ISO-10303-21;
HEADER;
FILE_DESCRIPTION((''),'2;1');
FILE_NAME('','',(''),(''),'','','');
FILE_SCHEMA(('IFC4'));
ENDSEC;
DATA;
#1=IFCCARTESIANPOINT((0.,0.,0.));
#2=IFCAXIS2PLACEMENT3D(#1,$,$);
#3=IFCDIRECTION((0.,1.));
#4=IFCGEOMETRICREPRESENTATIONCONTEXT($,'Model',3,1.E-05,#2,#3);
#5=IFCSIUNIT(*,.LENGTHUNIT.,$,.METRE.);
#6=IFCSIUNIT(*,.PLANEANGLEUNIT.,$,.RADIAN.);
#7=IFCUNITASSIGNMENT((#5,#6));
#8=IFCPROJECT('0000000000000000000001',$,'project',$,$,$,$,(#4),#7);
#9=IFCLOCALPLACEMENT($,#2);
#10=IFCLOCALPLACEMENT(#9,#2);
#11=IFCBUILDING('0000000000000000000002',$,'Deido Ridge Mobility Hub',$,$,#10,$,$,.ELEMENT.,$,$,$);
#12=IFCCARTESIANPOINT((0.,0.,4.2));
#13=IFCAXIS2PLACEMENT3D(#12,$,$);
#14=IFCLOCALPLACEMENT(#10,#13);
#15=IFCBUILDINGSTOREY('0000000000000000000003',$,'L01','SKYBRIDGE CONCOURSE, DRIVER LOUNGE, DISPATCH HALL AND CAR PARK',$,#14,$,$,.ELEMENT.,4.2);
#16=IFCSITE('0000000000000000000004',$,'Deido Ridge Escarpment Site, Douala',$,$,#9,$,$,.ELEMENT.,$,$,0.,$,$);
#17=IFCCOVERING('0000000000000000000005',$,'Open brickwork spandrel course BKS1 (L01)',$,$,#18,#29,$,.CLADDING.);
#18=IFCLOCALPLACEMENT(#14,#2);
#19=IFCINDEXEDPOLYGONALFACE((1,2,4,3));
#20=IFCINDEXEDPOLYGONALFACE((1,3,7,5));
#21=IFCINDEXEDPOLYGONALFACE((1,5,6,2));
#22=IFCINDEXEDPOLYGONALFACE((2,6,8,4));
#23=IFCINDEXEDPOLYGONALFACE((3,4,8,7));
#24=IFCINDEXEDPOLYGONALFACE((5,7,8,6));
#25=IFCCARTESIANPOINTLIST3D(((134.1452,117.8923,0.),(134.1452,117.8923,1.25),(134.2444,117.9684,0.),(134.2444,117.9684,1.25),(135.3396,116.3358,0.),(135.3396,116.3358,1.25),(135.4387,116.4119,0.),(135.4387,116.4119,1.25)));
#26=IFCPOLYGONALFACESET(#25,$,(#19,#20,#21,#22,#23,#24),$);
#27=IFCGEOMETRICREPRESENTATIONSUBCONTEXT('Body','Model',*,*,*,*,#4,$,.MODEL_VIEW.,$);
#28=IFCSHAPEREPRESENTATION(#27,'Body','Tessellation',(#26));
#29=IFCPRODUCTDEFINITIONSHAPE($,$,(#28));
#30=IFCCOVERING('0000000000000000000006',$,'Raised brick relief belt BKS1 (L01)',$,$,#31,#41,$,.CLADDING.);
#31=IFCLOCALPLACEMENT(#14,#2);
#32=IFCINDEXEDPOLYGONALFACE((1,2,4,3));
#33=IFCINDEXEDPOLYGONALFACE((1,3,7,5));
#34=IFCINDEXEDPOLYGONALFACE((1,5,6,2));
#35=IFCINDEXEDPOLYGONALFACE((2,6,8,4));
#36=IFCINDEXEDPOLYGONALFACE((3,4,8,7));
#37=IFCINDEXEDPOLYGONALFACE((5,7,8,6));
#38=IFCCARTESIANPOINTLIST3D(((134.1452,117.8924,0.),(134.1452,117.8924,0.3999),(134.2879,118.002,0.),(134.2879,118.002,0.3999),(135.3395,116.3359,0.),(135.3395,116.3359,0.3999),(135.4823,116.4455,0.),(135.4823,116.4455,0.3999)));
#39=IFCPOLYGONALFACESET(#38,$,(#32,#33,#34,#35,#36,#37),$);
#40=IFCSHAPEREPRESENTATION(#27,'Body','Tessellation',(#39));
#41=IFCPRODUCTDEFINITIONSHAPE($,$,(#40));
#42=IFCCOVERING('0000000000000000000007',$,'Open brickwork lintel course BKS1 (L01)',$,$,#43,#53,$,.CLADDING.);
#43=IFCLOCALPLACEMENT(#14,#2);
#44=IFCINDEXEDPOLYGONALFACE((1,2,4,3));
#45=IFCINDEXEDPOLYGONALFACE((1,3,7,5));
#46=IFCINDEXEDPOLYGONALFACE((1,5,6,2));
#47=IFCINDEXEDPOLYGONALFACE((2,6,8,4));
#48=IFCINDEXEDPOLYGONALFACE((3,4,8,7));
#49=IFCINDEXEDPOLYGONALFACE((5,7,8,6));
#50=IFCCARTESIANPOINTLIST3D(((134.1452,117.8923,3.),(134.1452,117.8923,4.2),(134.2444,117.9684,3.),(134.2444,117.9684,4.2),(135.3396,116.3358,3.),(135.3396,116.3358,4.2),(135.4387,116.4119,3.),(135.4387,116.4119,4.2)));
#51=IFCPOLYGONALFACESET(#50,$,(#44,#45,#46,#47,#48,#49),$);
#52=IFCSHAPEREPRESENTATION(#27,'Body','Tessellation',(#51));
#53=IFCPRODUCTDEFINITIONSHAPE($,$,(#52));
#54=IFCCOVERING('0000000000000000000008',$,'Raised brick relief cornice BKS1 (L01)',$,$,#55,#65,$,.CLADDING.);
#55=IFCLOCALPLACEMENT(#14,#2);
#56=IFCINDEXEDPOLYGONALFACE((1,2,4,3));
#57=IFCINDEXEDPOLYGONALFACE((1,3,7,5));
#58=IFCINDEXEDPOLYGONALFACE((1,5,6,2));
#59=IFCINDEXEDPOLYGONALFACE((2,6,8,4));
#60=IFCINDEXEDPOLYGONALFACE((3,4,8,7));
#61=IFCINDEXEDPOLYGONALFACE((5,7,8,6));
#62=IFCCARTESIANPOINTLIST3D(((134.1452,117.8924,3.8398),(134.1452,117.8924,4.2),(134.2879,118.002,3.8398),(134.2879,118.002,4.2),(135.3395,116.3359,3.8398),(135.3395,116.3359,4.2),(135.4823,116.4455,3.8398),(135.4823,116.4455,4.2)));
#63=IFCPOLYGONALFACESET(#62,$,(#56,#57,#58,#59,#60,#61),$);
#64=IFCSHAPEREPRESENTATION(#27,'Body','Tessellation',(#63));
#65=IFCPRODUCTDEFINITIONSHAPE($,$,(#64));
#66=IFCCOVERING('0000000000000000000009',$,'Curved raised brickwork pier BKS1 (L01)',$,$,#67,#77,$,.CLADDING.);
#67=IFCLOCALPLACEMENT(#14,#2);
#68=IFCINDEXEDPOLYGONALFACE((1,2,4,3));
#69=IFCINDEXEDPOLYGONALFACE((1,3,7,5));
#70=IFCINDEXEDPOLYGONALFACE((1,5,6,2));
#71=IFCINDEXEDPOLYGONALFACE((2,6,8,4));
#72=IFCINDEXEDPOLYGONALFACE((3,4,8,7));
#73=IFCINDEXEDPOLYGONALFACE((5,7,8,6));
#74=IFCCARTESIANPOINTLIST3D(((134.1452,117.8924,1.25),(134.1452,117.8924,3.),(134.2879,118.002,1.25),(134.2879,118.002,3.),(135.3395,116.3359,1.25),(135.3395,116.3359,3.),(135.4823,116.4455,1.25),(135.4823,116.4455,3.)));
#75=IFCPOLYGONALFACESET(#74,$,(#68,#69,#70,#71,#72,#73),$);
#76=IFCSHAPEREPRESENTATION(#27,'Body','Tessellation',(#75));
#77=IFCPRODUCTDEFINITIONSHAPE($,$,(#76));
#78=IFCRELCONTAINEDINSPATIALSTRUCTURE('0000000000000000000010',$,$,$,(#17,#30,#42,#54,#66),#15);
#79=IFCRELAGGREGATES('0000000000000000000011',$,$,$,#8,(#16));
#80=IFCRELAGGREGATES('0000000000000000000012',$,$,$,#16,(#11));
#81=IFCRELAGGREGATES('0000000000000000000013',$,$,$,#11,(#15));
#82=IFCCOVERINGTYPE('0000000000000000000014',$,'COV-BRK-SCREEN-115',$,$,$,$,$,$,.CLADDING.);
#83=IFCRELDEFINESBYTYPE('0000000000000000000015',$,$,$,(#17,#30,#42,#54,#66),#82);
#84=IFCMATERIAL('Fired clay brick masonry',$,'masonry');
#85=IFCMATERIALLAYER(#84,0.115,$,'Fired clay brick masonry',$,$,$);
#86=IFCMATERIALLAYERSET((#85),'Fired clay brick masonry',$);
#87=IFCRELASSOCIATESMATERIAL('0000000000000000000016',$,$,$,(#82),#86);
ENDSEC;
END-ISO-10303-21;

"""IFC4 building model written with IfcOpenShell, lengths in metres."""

from ifc_helpers import new_model, si_unit, direction, frame, origin, origin_2d, place, context, subcontext, project, spatial, rectangle, extrude, material, layer, layer_set, type_object, element, save


model = new_model("IFC4")

# Units and contexts
model_context = context("Model", 3, precision=1e-05, world=origin(), true_north=direction((0.0, 1.0)))
body_context = subcontext(model_context, "Body", "Model", "MODEL_VIEW")
ifc_project = project(units=[si_unit("LENGTHUNIT", "METRE"), si_unit("PLANEANGLEUNIT", "RADIAN")], contexts=[model_context])

# Site, building, storey
site_placement = place(None, origin())
site = spatial("IfcSite", under=ifc_project, at=site_placement, Name="Deido Ridge Escarpment Site, Douala", CompositionType="ELEMENT", RefElevation=0.0)
building_placement = place(site_placement, origin())
building = spatial("IfcBuilding", under=site, at=building_placement, Name="Deido Ridge Mobility Hub", CompositionType="ELEMENT")
storey_placement = place(building_placement, frame((0.0, 0.0, 4.2)))
storey = spatial("IfcBuildingStorey", under=building, at=storey_placement, Name="L01", Description="SKYBRIDGE CONCOURSE, DRIVER LOUNGE, DISPATCH HALL AND CAR PARK", CompositionType="ELEMENT", Elevation=4.2)

# Coverings
ifc_material_1 = material(Name="Fired clay brick masonry", Category="masonry")
ifc_layer = layer(ifc_material_1, 0.115, Name="Fired clay brick masonry")
ifc_layer_set = layer_set([ifc_layer], Name="Fired clay brick masonry")
covering_type = type_object("IfcCoveringType", Name="COV-BRK-SCREEN-115", PredefinedType="CLADDING", material=ifc_layer_set)
covering_1_placement = place(storey_placement, frame((134.792, 117.1521, 0.0), z_axis=(0.0, 0.0, 1.0), x_axis=(-0.608761, 0.793353, 0.0)))
element("IfcCovering", 1, at=covering_1_placement, inside=storey, type_object=covering_type, Name="Open brickwork spandrel course BKS1 (L01)", PredefinedType="CLADDING", context=body_context, shape_type="SweptSolid", body=[
    extrude(rectangle(XDim=1.9619, YDim=0.125, at=origin_2d()), origin(), (0.0, 0.0, 1.0), 1.25),
])
covering_2_placement = place(storey_placement, frame((134.8137, 117.1689, 0.0), z_axis=(0.0, 0.0, 1.0), x_axis=(-0.608761, 0.793353, 0.0)))
element("IfcCovering", 2, at=covering_2_placement, inside=storey, type_object=covering_type, Name="Raised brick relief belt BKS1 (L01)", PredefinedType="CLADDING", context=body_context, shape_type="SweptSolid", body=[
    extrude(rectangle(XDim=1.9619, YDim=0.1799, at=origin_2d()), origin(), (0.0, 0.0, 1.0), 0.3999),
])
covering_3_placement = place(storey_placement, frame((134.792, 117.1521, 3.0), z_axis=(0.0, 0.0, 1.0), x_axis=(-0.608761, 0.793353, 0.0)))
element("IfcCovering", 3, at=covering_3_placement, inside=storey, type_object=covering_type, Name="Open brickwork lintel course BKS1 (L01)", PredefinedType="CLADDING", context=body_context, shape_type="SweptSolid", body=[
    extrude(rectangle(XDim=1.9619, YDim=0.125, at=origin_2d()), origin(), (0.0, 0.0, 1.0), 1.2),
])
covering_4_placement = place(storey_placement, frame((134.8137, 117.1689, 3.8398), z_axis=(0.0, 0.0, 1.0), x_axis=(-0.608761, 0.793353, 0.0)))
element("IfcCovering", 4, at=covering_4_placement, inside=storey, type_object=covering_type, Name="Raised brick relief cornice BKS1 (L01)", PredefinedType="CLADDING", context=body_context, shape_type="SweptSolid", body=[
    extrude(rectangle(XDim=1.9619, YDim=0.1799, at=origin_2d()), origin(), (0.0, 0.0, 1.0), 0.3601),
])
covering_5_placement = place(storey_placement, frame((134.8137, 117.1689, 1.25), z_axis=(0.0, 0.0, 1.0), x_axis=(-0.608761, 0.793353, 0.0)))
element("IfcCovering", 5, at=covering_5_placement, inside=storey, type_object=covering_type, Name="Curved raised brickwork pier BKS1 (L01)", PredefinedType="CLADDING", context=body_context, shape_type="SweptSolid", body=[
    extrude(rectangle(XDim=1.9619, YDim=0.1799, at=origin_2d()), origin(), (0.0, 0.0, 1.0), 1.75),
])

save(model, "model.ifc")
